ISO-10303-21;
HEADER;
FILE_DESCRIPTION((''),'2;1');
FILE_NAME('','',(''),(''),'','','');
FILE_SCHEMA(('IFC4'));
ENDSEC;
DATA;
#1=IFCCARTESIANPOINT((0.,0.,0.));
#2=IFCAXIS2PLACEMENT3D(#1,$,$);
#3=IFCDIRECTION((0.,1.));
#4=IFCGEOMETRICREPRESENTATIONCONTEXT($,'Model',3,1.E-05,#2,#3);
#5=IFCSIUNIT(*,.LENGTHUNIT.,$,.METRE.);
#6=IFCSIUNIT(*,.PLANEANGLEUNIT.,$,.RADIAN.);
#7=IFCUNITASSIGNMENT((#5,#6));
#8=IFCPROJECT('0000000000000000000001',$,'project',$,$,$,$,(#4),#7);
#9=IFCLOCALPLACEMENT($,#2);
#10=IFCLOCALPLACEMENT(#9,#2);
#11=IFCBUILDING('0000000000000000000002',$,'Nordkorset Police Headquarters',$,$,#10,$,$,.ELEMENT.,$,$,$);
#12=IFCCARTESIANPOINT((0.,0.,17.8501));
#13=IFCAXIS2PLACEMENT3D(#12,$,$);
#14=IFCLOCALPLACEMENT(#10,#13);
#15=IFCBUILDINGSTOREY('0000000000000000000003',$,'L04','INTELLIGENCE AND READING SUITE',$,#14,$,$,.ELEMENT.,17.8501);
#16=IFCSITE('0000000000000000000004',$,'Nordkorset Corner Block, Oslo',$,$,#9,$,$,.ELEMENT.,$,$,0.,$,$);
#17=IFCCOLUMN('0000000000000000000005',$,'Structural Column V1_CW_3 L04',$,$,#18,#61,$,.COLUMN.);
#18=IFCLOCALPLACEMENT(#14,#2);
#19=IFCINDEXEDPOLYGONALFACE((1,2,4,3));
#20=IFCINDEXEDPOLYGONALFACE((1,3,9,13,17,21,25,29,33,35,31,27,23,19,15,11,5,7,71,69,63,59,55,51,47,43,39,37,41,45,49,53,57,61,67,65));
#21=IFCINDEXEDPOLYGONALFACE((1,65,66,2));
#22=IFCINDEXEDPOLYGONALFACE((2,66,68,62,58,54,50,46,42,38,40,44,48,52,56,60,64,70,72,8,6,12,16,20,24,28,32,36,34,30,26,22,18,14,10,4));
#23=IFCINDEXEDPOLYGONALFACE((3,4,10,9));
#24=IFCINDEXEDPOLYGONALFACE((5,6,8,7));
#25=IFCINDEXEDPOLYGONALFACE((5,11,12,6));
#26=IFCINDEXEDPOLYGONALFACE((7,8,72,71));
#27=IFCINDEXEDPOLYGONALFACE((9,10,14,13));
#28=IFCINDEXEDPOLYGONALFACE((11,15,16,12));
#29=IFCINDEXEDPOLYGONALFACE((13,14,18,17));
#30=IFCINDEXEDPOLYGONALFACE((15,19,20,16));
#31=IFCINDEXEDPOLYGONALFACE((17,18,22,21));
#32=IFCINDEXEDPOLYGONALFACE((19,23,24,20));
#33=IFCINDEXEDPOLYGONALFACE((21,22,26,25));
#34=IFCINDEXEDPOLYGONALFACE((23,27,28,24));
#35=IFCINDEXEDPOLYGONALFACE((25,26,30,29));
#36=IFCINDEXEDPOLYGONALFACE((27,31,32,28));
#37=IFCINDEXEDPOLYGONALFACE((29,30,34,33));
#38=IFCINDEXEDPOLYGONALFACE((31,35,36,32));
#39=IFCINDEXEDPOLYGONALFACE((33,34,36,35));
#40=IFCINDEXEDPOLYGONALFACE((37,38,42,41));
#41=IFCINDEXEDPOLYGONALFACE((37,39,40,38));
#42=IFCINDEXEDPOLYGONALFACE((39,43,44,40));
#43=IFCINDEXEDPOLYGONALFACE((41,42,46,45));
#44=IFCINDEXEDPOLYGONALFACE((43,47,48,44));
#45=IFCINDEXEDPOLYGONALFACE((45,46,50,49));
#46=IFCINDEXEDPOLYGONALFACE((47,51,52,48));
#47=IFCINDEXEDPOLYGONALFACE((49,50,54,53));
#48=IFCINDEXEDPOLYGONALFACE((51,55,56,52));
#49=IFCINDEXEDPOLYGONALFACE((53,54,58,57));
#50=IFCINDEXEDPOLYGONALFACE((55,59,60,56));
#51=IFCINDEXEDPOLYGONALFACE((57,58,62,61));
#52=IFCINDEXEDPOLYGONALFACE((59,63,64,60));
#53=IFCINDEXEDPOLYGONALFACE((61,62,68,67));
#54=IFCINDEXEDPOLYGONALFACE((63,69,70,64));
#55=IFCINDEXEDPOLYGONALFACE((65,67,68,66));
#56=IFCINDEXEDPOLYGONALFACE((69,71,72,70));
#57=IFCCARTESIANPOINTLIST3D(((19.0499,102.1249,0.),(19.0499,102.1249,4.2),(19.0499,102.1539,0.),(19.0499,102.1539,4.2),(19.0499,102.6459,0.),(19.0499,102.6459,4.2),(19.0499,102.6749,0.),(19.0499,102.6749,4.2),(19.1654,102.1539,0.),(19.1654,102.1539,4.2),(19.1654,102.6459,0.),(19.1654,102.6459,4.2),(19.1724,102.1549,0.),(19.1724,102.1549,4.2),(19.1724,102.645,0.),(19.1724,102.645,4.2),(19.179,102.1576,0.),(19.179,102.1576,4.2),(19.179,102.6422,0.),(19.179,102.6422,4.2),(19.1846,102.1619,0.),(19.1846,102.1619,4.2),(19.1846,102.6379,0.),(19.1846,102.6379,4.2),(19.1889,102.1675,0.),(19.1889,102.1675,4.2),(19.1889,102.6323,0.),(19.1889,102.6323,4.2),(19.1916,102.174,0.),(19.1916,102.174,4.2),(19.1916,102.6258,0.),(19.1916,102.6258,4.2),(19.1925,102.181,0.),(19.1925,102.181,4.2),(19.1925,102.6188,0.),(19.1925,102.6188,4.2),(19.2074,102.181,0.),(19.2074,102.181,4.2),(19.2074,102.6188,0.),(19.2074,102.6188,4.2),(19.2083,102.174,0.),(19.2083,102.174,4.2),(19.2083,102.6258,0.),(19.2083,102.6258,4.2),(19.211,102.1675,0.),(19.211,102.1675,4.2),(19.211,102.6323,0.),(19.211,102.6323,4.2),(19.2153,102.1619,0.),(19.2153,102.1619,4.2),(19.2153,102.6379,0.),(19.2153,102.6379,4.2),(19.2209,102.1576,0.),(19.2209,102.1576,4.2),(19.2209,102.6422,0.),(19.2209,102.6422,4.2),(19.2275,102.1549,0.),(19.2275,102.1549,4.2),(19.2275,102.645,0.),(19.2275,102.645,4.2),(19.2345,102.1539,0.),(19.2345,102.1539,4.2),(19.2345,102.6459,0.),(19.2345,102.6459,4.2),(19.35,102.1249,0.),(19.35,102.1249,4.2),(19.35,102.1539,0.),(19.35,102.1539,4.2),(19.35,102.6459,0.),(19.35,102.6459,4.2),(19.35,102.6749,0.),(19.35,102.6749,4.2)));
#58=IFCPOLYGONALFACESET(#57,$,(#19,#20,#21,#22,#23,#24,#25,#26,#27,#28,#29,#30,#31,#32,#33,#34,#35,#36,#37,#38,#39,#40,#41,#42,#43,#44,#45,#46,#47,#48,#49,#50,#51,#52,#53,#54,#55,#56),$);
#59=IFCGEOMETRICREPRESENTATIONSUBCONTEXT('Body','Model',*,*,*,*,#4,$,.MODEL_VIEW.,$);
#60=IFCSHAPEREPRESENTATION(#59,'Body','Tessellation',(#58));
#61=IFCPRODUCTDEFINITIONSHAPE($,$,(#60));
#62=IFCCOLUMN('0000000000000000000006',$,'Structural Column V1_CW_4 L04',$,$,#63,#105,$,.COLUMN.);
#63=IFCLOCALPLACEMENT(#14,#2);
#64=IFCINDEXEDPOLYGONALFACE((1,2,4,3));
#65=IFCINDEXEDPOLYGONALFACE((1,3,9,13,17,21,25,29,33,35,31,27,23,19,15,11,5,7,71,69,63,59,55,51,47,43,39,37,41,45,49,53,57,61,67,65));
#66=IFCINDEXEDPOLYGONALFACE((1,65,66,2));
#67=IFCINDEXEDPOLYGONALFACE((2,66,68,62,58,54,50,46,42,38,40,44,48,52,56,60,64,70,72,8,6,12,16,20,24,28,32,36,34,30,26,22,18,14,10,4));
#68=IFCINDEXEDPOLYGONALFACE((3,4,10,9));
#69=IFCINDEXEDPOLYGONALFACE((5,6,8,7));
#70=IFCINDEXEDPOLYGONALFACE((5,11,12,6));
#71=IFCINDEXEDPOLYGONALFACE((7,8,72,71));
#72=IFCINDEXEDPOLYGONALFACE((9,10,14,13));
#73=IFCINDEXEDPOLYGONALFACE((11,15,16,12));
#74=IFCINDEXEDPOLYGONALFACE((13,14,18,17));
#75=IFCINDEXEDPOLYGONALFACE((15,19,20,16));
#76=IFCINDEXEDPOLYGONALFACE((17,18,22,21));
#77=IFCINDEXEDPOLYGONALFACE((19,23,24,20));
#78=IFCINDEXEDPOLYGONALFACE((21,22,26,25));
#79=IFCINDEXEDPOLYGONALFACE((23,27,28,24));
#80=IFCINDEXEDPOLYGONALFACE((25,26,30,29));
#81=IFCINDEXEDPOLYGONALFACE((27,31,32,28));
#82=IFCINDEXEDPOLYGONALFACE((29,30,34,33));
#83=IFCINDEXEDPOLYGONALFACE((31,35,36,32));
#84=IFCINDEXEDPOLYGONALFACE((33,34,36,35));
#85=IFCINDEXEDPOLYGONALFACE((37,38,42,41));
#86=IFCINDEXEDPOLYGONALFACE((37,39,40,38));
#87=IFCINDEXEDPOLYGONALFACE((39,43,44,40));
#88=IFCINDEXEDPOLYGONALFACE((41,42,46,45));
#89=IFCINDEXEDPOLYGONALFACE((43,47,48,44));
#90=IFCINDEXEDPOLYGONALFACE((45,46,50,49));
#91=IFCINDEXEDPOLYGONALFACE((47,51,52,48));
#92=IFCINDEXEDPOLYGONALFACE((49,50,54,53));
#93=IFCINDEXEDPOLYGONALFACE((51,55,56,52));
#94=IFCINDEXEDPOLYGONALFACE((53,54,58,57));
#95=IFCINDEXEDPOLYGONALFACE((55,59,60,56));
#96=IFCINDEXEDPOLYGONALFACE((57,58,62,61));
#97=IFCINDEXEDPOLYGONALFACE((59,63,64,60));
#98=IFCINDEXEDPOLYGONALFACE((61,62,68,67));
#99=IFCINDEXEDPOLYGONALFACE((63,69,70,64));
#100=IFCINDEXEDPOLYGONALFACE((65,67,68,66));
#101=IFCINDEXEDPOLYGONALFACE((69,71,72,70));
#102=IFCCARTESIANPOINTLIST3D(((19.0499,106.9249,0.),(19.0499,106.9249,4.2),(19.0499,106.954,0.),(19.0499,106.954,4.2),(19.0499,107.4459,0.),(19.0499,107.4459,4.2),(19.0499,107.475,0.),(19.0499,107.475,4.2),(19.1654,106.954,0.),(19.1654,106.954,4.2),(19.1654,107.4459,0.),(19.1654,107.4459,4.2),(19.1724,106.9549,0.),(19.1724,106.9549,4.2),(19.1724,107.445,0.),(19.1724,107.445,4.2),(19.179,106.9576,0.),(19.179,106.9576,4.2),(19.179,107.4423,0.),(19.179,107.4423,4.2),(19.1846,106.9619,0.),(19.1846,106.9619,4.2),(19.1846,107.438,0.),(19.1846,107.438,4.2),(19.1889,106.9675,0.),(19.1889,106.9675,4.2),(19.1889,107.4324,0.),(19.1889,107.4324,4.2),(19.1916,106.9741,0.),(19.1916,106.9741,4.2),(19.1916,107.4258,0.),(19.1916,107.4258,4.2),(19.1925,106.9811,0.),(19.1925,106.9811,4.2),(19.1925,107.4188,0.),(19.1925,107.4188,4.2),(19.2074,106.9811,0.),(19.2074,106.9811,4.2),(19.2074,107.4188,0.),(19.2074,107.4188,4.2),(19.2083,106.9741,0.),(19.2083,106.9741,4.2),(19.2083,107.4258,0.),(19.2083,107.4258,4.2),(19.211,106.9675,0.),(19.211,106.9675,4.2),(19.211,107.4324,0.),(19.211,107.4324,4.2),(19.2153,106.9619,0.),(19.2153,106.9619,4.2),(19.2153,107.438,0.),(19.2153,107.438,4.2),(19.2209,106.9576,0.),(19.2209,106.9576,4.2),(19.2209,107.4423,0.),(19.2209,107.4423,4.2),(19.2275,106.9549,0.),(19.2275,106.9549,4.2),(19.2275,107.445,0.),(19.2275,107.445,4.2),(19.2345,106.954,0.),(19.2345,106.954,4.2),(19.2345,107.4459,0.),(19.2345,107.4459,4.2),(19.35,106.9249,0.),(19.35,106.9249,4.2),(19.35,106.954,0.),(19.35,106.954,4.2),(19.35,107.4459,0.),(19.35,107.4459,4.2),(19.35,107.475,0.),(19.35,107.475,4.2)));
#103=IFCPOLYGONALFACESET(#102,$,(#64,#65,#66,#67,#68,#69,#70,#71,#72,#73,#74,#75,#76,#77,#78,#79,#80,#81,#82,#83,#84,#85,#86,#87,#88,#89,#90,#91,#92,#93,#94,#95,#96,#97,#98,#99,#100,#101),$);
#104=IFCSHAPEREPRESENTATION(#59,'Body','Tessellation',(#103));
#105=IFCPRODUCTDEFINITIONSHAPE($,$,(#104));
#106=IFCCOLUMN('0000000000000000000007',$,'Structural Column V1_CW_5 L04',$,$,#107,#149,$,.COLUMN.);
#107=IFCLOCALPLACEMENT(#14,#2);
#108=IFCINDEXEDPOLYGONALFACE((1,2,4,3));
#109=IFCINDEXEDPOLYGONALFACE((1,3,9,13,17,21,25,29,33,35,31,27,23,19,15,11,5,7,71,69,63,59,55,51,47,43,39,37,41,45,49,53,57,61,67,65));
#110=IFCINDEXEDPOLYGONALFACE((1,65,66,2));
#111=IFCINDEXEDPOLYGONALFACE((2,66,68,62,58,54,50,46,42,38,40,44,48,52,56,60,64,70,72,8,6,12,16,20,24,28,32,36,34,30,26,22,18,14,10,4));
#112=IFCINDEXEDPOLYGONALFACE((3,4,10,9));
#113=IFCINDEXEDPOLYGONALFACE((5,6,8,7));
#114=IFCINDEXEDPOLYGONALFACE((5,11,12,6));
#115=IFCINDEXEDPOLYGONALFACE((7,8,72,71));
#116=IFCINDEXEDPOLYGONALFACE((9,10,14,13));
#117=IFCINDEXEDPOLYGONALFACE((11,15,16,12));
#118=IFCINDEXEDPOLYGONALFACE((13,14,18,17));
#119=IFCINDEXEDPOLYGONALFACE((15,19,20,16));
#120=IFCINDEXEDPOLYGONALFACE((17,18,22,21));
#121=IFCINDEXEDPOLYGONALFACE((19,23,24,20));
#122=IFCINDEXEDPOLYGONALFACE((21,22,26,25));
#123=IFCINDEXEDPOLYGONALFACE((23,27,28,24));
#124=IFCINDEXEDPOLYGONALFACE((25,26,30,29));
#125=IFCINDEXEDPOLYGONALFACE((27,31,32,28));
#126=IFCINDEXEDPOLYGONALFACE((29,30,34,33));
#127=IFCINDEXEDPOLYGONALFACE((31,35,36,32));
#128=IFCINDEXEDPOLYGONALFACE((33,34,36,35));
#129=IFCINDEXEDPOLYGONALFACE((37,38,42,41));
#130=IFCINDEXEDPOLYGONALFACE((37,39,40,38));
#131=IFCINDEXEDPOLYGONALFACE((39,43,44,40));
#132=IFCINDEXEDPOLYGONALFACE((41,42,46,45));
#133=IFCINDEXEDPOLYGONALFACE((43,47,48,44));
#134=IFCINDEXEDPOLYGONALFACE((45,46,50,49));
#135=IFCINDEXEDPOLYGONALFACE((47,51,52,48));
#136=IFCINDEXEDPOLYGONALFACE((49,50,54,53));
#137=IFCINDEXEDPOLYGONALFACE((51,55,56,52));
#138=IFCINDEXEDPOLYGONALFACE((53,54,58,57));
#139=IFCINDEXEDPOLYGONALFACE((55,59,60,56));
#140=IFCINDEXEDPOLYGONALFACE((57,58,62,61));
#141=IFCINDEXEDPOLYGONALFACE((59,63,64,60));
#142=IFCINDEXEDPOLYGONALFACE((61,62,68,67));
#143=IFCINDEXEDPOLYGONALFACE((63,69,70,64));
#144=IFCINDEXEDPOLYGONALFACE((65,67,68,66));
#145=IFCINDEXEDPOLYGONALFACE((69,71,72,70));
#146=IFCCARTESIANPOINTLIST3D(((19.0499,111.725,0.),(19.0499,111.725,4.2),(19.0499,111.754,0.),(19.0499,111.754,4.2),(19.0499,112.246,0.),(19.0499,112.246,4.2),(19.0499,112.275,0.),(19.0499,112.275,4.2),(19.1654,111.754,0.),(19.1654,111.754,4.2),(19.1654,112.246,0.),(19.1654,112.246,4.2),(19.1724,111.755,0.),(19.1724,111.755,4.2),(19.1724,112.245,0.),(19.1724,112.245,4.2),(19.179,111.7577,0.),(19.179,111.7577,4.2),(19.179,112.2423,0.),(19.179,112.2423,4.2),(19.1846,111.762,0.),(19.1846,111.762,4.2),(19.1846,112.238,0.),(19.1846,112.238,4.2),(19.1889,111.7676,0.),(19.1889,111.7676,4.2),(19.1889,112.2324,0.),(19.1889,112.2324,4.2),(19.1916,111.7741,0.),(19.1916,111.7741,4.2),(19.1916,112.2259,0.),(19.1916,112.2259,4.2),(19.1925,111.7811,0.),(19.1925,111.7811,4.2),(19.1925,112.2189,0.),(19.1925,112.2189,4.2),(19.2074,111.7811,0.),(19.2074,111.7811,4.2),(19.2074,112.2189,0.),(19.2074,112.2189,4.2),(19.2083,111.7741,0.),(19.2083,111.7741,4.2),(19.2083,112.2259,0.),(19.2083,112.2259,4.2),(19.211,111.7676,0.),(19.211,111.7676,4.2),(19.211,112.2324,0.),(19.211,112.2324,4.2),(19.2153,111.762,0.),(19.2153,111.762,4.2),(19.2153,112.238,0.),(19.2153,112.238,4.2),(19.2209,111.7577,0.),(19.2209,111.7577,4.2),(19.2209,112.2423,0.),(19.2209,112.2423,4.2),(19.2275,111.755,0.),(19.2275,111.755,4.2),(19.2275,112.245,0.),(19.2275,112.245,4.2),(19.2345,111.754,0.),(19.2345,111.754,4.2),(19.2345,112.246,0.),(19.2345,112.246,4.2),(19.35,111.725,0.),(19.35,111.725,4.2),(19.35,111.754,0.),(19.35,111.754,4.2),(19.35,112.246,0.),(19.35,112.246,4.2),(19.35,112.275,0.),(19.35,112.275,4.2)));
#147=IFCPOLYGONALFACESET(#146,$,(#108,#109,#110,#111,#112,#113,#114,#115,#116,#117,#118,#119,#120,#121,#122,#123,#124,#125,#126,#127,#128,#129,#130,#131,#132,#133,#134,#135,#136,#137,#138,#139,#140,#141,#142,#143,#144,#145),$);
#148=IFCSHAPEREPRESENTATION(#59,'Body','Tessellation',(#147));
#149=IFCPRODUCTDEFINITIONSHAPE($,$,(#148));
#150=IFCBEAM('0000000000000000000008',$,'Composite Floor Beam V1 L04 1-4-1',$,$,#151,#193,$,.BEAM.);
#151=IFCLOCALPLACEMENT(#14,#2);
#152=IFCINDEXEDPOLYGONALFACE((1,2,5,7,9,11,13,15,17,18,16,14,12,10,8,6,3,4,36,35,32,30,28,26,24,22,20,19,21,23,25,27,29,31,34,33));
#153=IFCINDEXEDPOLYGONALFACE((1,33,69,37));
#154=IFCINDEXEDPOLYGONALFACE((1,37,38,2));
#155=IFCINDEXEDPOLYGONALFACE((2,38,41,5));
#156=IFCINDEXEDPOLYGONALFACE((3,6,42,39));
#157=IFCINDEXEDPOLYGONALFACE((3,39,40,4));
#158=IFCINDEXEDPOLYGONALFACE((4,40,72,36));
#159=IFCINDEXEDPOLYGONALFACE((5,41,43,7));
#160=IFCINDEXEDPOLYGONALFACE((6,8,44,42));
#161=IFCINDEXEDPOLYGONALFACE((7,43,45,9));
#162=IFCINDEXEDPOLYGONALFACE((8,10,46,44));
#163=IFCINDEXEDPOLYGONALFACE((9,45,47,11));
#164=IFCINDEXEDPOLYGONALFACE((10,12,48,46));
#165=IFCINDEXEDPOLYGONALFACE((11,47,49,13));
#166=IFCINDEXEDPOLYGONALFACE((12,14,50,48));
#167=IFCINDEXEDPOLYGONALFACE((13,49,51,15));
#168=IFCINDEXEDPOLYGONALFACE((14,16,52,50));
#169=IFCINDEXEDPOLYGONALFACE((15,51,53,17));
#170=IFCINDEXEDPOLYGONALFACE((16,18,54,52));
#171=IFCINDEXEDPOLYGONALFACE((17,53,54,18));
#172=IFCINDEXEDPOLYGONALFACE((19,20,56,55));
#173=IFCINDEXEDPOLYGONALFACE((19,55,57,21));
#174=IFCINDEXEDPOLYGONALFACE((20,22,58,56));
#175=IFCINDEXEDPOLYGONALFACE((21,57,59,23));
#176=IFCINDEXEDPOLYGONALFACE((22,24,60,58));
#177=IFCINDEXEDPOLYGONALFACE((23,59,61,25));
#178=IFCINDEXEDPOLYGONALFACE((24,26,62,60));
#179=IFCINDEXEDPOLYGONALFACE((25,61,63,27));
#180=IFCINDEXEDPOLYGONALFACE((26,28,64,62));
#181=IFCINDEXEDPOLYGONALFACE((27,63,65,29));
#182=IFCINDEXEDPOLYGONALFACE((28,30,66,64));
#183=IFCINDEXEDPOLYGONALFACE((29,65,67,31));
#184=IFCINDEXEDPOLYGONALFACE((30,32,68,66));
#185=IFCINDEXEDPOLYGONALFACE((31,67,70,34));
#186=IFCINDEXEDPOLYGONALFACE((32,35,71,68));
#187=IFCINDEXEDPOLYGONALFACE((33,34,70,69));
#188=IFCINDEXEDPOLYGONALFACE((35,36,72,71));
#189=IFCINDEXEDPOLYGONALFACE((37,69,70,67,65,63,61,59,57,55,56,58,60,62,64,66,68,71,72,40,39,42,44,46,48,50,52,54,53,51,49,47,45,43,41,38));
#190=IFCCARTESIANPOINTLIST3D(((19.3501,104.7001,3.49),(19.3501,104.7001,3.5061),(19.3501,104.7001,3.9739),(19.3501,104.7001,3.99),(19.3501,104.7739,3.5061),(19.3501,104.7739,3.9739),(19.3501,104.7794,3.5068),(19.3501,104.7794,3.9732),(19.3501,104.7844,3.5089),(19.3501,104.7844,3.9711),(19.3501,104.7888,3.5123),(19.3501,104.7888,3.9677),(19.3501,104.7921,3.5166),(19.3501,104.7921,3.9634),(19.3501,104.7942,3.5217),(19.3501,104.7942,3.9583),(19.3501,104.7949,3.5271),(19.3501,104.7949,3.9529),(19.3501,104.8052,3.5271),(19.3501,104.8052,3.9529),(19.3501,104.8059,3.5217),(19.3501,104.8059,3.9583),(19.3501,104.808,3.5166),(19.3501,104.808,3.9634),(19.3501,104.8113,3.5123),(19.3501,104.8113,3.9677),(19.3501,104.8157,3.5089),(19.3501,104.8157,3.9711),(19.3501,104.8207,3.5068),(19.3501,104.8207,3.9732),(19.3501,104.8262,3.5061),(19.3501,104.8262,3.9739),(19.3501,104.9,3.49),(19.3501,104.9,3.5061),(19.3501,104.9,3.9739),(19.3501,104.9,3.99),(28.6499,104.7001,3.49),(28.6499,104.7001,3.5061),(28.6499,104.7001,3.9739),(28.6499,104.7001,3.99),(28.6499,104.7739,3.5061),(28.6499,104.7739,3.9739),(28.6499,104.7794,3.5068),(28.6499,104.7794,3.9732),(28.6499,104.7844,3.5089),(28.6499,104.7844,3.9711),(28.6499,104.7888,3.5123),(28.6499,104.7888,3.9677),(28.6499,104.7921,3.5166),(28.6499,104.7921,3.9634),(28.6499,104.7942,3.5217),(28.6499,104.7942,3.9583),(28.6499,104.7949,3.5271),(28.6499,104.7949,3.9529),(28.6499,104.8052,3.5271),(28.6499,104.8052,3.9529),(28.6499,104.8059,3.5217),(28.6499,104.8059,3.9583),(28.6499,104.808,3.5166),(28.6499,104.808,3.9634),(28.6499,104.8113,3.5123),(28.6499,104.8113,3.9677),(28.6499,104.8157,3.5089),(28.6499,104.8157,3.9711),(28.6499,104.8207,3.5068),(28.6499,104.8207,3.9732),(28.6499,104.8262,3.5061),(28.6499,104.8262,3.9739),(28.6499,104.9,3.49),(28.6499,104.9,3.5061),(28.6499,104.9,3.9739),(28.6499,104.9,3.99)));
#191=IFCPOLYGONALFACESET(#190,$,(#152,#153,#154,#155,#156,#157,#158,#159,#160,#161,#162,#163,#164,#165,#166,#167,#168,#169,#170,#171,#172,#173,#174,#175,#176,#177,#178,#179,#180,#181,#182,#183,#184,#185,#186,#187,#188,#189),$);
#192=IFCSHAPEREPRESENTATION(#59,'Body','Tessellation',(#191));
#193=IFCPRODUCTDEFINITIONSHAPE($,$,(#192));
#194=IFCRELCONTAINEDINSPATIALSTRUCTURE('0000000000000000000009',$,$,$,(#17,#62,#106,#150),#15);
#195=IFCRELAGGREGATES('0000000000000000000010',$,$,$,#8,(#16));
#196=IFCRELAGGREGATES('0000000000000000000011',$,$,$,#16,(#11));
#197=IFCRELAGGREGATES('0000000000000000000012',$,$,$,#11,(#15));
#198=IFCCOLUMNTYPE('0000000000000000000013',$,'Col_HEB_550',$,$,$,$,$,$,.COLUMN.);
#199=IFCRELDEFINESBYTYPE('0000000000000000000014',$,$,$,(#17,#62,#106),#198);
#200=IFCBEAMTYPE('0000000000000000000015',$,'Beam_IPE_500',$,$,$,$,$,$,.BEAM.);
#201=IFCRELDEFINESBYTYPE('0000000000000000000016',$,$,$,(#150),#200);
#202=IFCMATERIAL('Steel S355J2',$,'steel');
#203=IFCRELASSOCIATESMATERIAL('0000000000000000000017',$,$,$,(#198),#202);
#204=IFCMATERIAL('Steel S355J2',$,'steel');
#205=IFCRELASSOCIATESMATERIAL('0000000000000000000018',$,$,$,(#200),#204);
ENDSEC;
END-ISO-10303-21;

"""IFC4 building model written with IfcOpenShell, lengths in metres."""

from ifc_helpers import new_model, si_unit, direction, frame, origin, origin_2d, place, context, subcontext, project, spatial, i_section, extrude, material, material_profile, profile_set, type_object, element, save


model = new_model("IFC4")

# Units and contexts
model_context = context("Model", 3, precision=1e-05, world=origin(), true_north=direction((0.0, 1.0)))
body_context = subcontext(model_context, "Body", "Model", "MODEL_VIEW")
ifc_project = project(units=[si_unit("LENGTHUNIT", "METRE"), si_unit("PLANEANGLEUNIT", "RADIAN")], contexts=[model_context])

# Site, building, storey
site_placement = place(None, origin())
site = spatial("IfcSite", under=ifc_project, at=site_placement, Name="Nordkorset Corner Block, Oslo", CompositionType="ELEMENT", RefElevation=0.0)
building_placement = place(site_placement, origin())
building = spatial("IfcBuilding", under=site, at=building_placement, Name="Nordkorset Police Headquarters", CompositionType="ELEMENT")
storey_placement = place(building_placement, frame((0.0, 0.0, 17.8501)))
storey = spatial("IfcBuildingStorey", under=building, at=storey_placement, Name="L04", Description="INTELLIGENCE AND READING SUITE", CompositionType="ELEMENT", Elevation=17.8501)

# Columns
ifc_material_1 = material(Name="Steel S355J2", Category="steel")
ifc_material_profile_1 = material_profile(ifc_material_1, i_section(OverallWidth=0.3, OverallDepth=0.55, WebThickness=0.0149, FlangeThickness=0.0291, FilletRadius=0.0271, at=origin_2d()), Name="HEB 550")
ifc_profile_set_1 = profile_set([ifc_material_profile_1], Name="Steel S355J2")
column_type = type_object("IfcColumnType", Name="Col_HEB_550", PredefinedType="COLUMN", material=ifc_profile_set_1)
for number, where, z_axis, x_axis, name in (
    (1, (19.2, 102.3999, 0.0), (0.0, 0.0, 1.0), (1.0, 0.0, 0.0), "Structural Column V1_CW_3 L04"),
    (2, (19.2, 107.2, 0.0), (0.0, 0.0, 1.0), (1.0, 0.0, 0.0), "Structural Column V1_CW_4 L04"),
    (3, (19.2, 112.0, 0.0), (0.0, 0.0, 1.0), (1.0, 0.0, 0.0), "Structural Column V1_CW_5 L04"),
):
    element("IfcColumn", number, at=place(storey_placement, frame(where, z_axis=z_axis, x_axis=x_axis)), inside=storey, type_object=column_type, Name=name, PredefinedType="COLUMN", context=body_context, shape_type="SweptSolid", body=[
        extrude(i_section(OverallWidth=0.3, OverallDepth=0.55, WebThickness=0.0149, FlangeThickness=0.0291, FilletRadius=0.0271, at=origin_2d()), origin(), (0.0, 0.0, 1.0), 4.2),
    ])

# Beam
ifc_material_2 = material(Name="Steel S355J2", Category="steel")
ifc_material_profile_2 = material_profile(ifc_material_2, i_section(OverallWidth=0.2, OverallDepth=0.5, WebThickness=0.0103, FlangeThickness=0.0161, FilletRadius=0.021, at=origin_2d()), Name="IPE 500")
ifc_profile_set_2 = profile_set([ifc_material_profile_2], Name="Steel S355J2")
beam_type_1 = type_object("IfcBeamType", Name="Beam_IPE_500", PredefinedType="BEAM", material=ifc_profile_set_2)
beam_placement = place(storey_placement, frame((19.3501, 104.8, 3.74), z_axis=(1.0, 0.0, 0.0), x_axis=(0.0, 1.0, 0.0)))
element("IfcBeam", 4, at=beam_placement, inside=storey, type_object=beam_type_1, Name="Composite Floor Beam V1 L04 1-4-1", PredefinedType="BEAM", context=body_context, shape_type="SweptSolid", body=[
    extrude(i_section(OverallWidth=0.2, OverallDepth=0.5, WebThickness=0.0103, FlangeThickness=0.0161, FilletRadius=0.021, at=origin_2d()), origin(), (0.0, 0.0, 1.0), 9.2998),
])

save(model, "model.ifc")
